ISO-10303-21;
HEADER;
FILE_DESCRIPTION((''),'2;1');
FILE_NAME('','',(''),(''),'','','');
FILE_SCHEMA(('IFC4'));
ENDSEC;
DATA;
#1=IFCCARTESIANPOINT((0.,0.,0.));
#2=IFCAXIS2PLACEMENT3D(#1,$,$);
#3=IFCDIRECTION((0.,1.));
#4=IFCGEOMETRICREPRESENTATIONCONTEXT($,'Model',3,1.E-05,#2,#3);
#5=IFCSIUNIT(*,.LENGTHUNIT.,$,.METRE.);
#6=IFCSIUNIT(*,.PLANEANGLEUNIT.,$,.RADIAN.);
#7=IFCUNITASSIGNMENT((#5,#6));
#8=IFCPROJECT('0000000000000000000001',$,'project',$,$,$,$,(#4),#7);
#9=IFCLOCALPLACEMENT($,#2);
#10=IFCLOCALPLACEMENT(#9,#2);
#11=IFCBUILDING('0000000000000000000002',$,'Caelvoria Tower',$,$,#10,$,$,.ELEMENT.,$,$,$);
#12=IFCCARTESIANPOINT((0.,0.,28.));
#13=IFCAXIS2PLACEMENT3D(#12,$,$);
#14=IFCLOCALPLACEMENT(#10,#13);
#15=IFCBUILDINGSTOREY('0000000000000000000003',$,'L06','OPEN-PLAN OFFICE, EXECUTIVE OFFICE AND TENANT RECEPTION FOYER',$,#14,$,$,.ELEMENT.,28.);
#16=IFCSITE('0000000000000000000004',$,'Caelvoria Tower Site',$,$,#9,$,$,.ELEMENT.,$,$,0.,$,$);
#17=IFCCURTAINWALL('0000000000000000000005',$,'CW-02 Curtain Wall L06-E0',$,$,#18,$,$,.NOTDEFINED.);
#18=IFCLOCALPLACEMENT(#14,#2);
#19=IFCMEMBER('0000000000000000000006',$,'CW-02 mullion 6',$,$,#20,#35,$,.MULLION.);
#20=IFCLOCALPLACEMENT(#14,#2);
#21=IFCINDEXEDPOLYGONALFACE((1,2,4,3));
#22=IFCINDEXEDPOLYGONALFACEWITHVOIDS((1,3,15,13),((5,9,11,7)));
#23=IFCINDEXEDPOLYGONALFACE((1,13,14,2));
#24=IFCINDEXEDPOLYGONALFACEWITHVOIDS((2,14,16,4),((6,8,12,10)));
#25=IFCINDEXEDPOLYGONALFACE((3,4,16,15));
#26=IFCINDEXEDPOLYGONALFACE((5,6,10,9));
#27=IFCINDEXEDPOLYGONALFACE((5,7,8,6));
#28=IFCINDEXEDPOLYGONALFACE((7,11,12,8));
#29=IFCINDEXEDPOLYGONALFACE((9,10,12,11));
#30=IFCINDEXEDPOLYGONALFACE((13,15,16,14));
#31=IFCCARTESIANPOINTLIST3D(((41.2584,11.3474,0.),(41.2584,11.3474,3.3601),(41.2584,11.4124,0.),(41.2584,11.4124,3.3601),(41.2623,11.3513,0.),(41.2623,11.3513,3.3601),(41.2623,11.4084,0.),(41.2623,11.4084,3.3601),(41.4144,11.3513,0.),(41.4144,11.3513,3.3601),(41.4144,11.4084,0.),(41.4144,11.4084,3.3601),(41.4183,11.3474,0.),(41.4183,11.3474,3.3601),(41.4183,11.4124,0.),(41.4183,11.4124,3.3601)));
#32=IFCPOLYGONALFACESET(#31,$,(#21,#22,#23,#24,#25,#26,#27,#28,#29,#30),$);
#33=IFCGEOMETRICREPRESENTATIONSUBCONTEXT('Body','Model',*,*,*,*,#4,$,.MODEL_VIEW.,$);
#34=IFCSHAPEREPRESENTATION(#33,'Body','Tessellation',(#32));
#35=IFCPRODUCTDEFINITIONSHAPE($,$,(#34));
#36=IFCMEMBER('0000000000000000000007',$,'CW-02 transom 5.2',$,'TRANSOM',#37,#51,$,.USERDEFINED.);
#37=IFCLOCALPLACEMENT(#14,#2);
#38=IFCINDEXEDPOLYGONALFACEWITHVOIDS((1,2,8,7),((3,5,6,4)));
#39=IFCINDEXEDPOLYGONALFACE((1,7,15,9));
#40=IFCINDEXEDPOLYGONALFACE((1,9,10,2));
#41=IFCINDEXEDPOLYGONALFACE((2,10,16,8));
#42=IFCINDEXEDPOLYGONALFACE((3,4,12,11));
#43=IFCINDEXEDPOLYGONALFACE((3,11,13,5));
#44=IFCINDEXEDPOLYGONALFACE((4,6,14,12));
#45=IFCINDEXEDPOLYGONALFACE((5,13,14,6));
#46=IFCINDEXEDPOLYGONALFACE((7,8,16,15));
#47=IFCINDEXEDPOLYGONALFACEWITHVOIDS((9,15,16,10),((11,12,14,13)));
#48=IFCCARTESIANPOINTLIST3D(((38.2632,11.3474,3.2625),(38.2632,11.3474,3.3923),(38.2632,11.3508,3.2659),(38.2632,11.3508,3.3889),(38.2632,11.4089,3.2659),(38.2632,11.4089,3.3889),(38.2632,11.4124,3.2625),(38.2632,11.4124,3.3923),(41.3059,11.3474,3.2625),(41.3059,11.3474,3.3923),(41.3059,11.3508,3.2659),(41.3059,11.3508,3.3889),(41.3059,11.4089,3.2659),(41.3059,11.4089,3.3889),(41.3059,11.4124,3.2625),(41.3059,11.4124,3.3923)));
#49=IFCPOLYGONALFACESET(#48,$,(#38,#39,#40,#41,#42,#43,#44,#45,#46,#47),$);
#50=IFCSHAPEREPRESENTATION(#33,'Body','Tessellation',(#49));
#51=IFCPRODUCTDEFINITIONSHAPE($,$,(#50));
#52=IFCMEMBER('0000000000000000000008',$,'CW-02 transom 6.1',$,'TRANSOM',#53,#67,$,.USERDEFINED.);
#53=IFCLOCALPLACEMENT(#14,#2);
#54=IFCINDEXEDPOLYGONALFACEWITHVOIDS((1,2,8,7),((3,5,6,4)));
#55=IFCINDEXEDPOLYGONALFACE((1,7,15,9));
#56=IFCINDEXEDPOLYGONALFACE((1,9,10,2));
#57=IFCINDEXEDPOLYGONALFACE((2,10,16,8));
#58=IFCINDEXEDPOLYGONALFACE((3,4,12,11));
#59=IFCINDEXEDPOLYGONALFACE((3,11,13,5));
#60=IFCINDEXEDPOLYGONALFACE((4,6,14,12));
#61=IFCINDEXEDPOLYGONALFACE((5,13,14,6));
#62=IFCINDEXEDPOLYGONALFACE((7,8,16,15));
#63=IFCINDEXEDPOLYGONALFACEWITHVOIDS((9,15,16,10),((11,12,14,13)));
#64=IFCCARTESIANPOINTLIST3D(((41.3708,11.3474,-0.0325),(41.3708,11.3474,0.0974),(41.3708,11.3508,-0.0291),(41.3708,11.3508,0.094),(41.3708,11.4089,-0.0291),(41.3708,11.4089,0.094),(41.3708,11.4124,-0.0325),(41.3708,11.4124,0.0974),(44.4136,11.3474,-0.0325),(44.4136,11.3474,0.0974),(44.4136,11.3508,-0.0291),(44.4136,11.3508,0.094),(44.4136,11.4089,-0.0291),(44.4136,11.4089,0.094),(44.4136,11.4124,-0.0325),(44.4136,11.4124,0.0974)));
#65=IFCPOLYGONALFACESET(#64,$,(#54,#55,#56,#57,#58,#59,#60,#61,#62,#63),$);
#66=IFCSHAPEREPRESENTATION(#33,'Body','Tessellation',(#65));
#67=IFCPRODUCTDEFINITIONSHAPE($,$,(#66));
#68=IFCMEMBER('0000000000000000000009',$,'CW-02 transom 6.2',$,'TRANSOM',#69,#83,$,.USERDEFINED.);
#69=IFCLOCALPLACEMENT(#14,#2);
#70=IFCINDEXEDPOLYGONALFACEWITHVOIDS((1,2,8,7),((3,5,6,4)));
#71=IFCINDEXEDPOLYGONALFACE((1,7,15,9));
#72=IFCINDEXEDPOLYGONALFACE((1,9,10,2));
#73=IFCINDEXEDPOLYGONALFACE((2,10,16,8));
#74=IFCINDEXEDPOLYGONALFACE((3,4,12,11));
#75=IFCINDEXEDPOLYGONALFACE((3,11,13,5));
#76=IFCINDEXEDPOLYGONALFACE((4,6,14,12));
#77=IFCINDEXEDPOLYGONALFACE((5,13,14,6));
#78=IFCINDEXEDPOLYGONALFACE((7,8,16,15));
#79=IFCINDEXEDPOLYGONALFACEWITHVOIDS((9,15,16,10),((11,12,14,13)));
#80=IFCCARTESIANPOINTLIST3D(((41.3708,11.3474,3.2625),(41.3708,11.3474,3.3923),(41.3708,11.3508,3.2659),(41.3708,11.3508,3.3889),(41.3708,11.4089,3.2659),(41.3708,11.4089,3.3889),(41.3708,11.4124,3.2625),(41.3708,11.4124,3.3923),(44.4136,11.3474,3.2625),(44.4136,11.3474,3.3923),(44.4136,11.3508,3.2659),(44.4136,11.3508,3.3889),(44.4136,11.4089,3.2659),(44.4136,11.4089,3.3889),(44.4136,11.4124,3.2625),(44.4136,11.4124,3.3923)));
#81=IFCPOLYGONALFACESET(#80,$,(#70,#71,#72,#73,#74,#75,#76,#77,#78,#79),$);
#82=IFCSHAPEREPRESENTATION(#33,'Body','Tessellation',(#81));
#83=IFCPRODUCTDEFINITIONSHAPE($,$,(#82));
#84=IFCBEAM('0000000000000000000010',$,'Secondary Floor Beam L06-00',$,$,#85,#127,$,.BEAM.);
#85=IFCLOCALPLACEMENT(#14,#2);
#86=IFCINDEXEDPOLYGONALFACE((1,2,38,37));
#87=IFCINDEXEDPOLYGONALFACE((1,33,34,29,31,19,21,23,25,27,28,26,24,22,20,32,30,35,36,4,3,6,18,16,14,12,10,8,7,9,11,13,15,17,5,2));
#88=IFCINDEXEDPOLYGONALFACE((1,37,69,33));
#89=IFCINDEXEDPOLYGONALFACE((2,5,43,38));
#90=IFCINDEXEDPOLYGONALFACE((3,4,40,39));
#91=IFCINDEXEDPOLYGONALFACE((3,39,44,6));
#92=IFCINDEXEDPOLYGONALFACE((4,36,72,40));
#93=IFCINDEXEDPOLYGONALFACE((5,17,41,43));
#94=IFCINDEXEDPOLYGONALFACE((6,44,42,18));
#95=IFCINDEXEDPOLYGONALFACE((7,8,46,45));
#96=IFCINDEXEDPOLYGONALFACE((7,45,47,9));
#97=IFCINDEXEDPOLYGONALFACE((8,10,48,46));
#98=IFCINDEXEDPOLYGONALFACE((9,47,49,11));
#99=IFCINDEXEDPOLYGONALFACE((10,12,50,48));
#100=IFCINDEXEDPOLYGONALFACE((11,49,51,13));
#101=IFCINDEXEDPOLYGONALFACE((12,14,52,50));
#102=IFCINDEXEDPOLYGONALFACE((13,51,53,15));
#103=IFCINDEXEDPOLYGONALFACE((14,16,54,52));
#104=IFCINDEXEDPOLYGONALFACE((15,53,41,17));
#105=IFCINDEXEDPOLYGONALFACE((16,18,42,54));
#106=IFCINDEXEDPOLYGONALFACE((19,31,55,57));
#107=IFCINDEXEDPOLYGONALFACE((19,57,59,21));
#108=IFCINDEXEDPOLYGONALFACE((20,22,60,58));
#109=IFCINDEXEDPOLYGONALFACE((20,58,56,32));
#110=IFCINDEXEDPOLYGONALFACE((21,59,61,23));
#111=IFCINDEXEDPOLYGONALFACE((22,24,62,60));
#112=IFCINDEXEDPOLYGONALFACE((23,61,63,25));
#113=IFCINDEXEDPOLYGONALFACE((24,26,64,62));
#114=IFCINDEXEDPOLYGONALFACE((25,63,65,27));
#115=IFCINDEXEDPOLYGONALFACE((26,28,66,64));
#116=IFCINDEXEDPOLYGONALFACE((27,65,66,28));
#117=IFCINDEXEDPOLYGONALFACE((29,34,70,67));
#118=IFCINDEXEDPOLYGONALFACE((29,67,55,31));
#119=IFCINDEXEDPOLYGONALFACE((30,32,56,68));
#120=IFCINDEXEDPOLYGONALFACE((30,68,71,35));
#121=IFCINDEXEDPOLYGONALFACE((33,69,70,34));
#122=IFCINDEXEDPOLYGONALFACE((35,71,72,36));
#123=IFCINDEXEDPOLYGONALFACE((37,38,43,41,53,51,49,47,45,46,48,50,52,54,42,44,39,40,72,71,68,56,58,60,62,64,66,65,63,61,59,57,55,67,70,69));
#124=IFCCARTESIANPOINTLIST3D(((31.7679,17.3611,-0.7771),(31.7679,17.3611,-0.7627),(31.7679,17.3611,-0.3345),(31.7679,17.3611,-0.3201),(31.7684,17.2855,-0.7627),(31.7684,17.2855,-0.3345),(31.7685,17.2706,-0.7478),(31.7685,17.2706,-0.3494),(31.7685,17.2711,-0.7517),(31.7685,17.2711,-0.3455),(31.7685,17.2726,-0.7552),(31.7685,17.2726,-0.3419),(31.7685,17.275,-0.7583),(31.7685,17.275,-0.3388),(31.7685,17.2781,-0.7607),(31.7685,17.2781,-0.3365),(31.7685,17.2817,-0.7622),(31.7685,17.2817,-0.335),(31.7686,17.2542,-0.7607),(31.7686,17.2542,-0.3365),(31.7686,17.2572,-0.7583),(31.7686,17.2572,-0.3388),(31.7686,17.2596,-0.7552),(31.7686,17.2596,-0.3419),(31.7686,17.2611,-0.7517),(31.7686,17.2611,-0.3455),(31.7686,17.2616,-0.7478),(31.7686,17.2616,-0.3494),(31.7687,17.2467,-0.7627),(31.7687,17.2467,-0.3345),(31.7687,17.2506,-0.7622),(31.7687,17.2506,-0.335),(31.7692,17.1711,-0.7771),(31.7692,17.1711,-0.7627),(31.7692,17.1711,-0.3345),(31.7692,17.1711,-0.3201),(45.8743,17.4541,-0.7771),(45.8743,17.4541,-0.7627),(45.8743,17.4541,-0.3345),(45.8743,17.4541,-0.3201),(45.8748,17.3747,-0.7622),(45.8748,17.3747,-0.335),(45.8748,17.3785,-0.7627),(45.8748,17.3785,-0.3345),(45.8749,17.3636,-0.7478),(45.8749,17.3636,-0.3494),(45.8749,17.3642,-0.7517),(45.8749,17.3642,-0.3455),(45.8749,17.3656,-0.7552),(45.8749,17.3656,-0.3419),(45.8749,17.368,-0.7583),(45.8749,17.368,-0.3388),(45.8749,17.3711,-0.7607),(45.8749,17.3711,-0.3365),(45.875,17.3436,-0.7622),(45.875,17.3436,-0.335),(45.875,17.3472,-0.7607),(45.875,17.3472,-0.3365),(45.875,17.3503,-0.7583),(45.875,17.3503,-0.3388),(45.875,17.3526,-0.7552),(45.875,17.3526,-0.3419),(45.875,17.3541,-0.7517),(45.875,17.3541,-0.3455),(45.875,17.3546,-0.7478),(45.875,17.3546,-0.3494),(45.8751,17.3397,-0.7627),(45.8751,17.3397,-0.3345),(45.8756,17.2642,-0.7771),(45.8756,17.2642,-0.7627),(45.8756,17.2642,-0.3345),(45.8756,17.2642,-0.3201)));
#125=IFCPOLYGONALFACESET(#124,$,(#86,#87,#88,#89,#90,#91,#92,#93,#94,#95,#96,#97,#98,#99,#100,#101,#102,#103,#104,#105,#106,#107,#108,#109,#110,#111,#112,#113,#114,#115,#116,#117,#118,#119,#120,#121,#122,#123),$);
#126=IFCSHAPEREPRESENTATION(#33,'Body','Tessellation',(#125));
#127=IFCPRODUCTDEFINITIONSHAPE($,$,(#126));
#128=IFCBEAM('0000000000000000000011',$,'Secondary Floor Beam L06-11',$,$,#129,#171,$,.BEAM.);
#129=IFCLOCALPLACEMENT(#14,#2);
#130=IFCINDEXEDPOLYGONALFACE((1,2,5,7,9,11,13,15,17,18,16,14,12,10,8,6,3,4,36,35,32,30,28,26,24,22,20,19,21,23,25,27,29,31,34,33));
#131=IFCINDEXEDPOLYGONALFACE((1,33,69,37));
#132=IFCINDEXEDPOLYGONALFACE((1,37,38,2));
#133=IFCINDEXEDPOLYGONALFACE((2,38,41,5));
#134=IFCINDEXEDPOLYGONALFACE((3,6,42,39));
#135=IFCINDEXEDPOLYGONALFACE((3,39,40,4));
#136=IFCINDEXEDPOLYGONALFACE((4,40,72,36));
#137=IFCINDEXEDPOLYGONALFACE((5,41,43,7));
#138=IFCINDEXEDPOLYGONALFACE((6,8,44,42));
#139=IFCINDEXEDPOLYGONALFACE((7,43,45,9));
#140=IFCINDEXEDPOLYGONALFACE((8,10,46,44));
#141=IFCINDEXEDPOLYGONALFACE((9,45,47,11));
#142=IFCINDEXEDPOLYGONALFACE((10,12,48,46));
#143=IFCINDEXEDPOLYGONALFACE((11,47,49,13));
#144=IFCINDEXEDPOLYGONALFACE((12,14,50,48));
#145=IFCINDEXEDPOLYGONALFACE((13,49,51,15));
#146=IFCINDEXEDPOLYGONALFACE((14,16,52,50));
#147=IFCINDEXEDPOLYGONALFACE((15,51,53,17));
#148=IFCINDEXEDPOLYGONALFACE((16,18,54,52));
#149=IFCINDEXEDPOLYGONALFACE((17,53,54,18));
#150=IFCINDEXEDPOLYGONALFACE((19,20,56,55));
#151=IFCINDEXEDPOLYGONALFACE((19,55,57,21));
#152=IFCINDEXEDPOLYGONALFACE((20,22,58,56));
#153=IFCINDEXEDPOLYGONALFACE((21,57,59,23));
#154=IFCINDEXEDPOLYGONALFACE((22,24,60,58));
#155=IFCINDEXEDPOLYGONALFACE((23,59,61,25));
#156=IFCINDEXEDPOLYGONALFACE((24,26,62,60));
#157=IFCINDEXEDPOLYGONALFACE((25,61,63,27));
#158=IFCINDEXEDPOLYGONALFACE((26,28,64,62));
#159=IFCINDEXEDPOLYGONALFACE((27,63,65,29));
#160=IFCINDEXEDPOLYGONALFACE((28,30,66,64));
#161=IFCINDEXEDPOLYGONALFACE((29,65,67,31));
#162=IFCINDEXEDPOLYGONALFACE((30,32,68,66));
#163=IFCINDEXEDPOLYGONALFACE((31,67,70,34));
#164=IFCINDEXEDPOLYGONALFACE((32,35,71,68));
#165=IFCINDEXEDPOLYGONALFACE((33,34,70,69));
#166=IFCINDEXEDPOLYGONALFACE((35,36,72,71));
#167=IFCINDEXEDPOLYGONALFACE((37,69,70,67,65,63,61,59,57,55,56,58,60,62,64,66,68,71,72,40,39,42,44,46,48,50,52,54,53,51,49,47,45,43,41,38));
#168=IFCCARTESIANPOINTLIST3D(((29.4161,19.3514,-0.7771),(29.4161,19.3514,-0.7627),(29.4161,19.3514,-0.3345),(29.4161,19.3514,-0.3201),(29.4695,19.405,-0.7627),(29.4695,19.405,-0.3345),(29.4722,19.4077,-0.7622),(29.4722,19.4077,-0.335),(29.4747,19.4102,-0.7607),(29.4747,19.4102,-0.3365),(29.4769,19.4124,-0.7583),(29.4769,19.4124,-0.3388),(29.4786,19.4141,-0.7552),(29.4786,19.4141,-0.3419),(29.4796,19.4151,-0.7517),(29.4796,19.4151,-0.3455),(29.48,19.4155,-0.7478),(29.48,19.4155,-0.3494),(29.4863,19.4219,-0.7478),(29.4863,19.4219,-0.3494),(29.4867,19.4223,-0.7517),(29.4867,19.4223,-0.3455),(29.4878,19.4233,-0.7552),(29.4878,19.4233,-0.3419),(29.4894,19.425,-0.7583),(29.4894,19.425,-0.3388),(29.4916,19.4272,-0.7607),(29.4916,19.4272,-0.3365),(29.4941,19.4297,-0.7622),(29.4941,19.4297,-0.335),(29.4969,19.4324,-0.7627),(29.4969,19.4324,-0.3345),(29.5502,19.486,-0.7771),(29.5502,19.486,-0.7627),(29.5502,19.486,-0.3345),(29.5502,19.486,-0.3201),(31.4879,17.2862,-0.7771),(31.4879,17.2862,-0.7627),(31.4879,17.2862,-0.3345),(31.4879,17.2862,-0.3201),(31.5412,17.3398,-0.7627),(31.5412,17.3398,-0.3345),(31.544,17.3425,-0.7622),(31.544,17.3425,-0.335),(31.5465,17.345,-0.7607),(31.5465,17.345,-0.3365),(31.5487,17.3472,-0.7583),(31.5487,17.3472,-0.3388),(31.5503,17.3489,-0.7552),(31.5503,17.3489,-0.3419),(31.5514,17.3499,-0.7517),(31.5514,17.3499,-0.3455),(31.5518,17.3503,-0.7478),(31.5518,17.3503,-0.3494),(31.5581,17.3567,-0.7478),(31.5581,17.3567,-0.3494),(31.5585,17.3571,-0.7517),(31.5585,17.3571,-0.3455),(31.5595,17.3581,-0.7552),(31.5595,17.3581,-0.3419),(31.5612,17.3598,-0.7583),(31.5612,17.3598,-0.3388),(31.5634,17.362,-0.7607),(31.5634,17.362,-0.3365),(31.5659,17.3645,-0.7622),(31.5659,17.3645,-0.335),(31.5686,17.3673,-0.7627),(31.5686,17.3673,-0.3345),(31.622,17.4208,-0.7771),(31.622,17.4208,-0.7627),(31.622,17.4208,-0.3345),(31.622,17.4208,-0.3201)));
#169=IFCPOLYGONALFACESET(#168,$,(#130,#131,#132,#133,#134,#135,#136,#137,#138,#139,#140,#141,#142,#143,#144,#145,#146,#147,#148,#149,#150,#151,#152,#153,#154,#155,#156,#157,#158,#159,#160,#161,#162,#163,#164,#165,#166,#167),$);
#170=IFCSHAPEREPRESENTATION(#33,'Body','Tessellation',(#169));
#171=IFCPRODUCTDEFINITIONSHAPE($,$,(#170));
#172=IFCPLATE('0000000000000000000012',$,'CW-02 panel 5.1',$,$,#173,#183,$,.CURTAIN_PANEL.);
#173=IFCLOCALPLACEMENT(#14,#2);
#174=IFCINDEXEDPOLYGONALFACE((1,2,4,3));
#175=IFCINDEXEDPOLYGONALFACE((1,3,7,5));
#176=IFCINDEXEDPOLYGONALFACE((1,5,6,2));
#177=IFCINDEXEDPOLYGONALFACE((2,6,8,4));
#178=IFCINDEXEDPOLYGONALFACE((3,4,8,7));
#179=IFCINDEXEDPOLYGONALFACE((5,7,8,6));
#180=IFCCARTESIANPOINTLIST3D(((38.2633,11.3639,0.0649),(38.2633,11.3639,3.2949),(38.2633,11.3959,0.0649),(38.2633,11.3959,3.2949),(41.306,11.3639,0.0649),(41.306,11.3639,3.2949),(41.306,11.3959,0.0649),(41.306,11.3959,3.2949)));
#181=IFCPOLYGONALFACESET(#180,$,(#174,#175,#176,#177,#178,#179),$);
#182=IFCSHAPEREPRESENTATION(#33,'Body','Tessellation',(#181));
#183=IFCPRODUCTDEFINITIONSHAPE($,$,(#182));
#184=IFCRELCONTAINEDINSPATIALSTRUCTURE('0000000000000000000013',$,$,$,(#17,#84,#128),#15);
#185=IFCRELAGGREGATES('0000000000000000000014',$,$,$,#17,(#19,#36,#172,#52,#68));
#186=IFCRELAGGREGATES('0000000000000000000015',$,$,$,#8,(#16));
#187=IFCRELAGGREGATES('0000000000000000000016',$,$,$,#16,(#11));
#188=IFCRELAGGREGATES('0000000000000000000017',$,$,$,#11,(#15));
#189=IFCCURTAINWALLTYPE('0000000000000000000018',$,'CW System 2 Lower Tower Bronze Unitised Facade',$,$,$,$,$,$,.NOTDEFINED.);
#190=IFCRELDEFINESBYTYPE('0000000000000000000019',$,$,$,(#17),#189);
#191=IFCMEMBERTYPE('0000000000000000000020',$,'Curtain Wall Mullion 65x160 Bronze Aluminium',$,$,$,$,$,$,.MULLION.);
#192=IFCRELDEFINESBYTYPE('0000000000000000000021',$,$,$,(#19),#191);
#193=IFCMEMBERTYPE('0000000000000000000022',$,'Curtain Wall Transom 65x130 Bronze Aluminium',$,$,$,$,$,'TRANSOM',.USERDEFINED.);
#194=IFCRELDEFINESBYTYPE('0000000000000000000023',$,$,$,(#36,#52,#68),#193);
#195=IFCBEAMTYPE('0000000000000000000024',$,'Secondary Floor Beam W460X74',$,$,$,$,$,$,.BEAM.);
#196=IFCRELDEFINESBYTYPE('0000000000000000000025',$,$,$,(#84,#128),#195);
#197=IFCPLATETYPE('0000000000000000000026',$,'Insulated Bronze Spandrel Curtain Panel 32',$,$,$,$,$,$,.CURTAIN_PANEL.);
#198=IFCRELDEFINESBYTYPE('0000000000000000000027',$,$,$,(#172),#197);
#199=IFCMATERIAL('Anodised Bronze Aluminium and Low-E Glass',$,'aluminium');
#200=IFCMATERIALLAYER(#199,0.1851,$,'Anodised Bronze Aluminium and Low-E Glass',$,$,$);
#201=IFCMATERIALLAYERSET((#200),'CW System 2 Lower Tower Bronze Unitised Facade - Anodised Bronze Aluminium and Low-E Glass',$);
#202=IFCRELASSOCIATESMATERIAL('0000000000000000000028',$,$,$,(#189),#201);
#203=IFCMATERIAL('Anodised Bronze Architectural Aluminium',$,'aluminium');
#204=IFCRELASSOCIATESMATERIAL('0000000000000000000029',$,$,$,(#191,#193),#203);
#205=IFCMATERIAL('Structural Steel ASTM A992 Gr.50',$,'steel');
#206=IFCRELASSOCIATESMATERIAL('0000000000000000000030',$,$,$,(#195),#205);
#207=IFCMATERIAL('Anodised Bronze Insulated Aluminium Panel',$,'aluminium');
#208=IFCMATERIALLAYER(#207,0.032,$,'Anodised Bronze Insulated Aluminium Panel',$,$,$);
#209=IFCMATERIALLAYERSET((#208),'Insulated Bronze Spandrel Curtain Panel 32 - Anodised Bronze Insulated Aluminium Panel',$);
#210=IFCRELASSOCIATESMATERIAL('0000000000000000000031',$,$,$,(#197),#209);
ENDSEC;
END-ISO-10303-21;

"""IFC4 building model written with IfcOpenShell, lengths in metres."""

from ifc_helpers import new_model, si_unit, direction, frame, origin, origin_2d, place, context, subcontext, project, spatial, rectangle, hollow_rectangle, i_section, extrude, material, layer, layer_set, material_profile, profile_set, type_object, element, aggregate, save


model = new_model("IFC4")

# Units and contexts
model_context = context("Model", 3, precision=1e-05, world=origin(), true_north=direction((0.0, 1.0)))
body_context = subcontext(model_context, "Body", "Model", "MODEL_VIEW")
ifc_project = project(units=[si_unit("LENGTHUNIT", "METRE"), si_unit("PLANEANGLEUNIT", "RADIAN")], contexts=[model_context])

# Site, building, storey
site_placement = place(None, origin())
site = spatial("IfcSite", under=ifc_project, at=site_placement, Name="Caelvoria Tower Site", CompositionType="ELEMENT", RefElevation=0.0)
building_placement = place(site_placement, origin())
building = spatial("IfcBuilding", under=site, at=building_placement, Name="Caelvoria Tower", CompositionType="ELEMENT")
storey_placement = place(building_placement, frame((0.0, 0.0, 28.0)))
storey = spatial("IfcBuildingStorey", under=building, at=storey_placement, Name="L06", Description="OPEN-PLAN OFFICE, EXECUTIVE OFFICE AND TENANT RECEPTION FOYER", CompositionType="ELEMENT", Elevation=28.0)

# Curtain wall, members
ifc_material_1 = material(Name="Anodised Bronze Aluminium and Low-E Glass", Category="aluminium")
ifc_layer_1 = layer(ifc_material_1, 0.1851, Name="Anodised Bronze Aluminium and Low-E Glass")
ifc_layer_set_1 = layer_set([ifc_layer_1], Name="CW System 2 Lower Tower Bronze Unitised Facade - Anodised Bronze Aluminium and Low-E Glass")
curtain_wall_type = type_object("IfcCurtainWallType", Name="CW System 2 Lower Tower Bronze Unitised Facade", PredefinedType="NOTDEFINED", material=ifc_layer_set_1)
curtain_wall_placement = place(storey_placement, origin())
curtain_wall = element("IfcCurtainWall", 1, at=curtain_wall_placement, inside=storey, type_object=curtain_wall_type, Name="CW-02 Curtain Wall L06-E0", PredefinedType="NOTDEFINED")
ifc_material_2 = material(Name="Anodised Bronze Architectural Aluminium", Category="aluminium")
ifc_material_profile_1 = material_profile(ifc_material_2, hollow_rectangle(XDim=0.0649, YDim=0.1599, WallThickness=0.0039, at=origin_2d()), Name="Anodised Bronze Architectural Aluminium")
ifc_profile_set_1 = profile_set([ifc_material_profile_1], Name="CW_MULL_65X160 - Anodised Bronze Architectural Aluminium")
member_type_1 = type_object("IfcMemberType", Name="Curtain Wall Mullion 65x160 Bronze Aluminium", PredefinedType="MULLION", material=ifc_profile_set_1)
member_1_placement = place(storey_placement, frame((41.3384, 11.3799, 0.0), z_axis=(0.0, 0.0, 1.0), x_axis=(0.0, 1.0, 0.0)))
member_1 = element("IfcMember", 2, at=member_1_placement, type_object=member_type_1, Name="CW-02 mullion 6", PredefinedType="MULLION", context=body_context, shape_type="SweptSolid", body=[
    extrude(hollow_rectangle(XDim=0.0649, YDim=0.1599, WallThickness=0.0039, at=origin_2d()), origin(), (0.0, 0.0, 1.0), 3.3601),
])
ifc_material_profile_2 = material_profile(ifc_material_2, hollow_rectangle(XDim=0.0649, YDim=0.1299, WallThickness=0.0034, at=origin_2d()), Name="Anodised Bronze Architectural Aluminium")
ifc_profile_set_2 = profile_set([ifc_material_profile_2], Name="CW_TRAN_65X130 - Anodised Bronze Architectural Aluminium")
member_type_2 = type_object("IfcMemberType", Name="Curtain Wall Transom 65x130 Bronze Aluminium", ElementType="TRANSOM", PredefinedType="USERDEFINED", material=ifc_profile_set_2)
member_2_placement = place(storey_placement, frame((38.2632, 11.3799, 3.3274), z_axis=(1.0, 0.0, 0.0), x_axis=(0.0, 1.0, 0.0)))
member_2 = element("IfcMember", 3, at=member_2_placement, type_object=member_type_2, Name="CW-02 transom 5.2", ObjectType="TRANSOM", PredefinedType="USERDEFINED", context=body_context, shape_type="SweptSolid", body=[
    extrude(hollow_rectangle(XDim=0.0649, YDim=0.1299, WallThickness=0.0034, at=origin_2d()), origin(), (0.0, 0.0, 1.0), 3.0427),
])
member_3_placement = place(storey_placement, frame((41.3708, 11.3799, 0.0325), z_axis=(1.0, 0.0, 0.0), x_axis=(0.0, 1.0, 0.0)))
member_3 = element("IfcMember", 4, at=member_3_placement, type_object=member_type_2, Name="CW-02 transom 6.1", ObjectType="TRANSOM", PredefinedType="USERDEFINED", context=body_context, shape_type="SweptSolid", body=[
    extrude(hollow_rectangle(XDim=0.0649, YDim=0.1299, WallThickness=0.0034, at=origin_2d()), origin(), (0.0, 0.0, 1.0), 3.0427),
])
member_4_placement = place(storey_placement, frame((41.3708, 11.3799, 3.3274), z_axis=(1.0, 0.0, 0.0), x_axis=(0.0, 1.0, 0.0)))
member_4 = element("IfcMember", 5, at=member_4_placement, type_object=member_type_2, Name="CW-02 transom 6.2", ObjectType="TRANSOM", PredefinedType="USERDEFINED", context=body_context, shape_type="SweptSolid", body=[
    extrude(hollow_rectangle(XDim=0.0649, YDim=0.1299, WallThickness=0.0034, at=origin_2d()), origin(), (0.0, 0.0, 1.0), 3.0427),
])

# Beams
ifc_material_3 = material(Name="Structural Steel ASTM A992 Gr.50", Category="steel")
ifc_material_profile_3 = material_profile(ifc_material_3, i_section(OverallWidth=0.1899, OverallDepth=0.457, WebThickness=0.009, FlangeThickness=0.0144, FilletRadius=0.0149, at=origin_2d()), Name="Structural Steel ASTM A992 Gr.50")
ifc_profile_set_3 = profile_set([ifc_material_profile_3], Name="W460X74 - Structural Steel ASTM A992 Gr.50")
beam_type = type_object("IfcBeamType", Name="Secondary Floor Beam W460X74", PredefinedType="BEAM", material=ifc_profile_set_3)
beam_1_placement = place(storey_placement, frame((31.7686, 17.2661, -0.5486), z_axis=(0.999978, 0.006594, 0.0), x_axis=(-0.006594, 0.999978, 0.0)))
element("IfcBeam", 6, at=beam_1_placement, inside=storey, type_object=beam_type, Name="Secondary Floor Beam L06-00", PredefinedType="BEAM", context=body_context, shape_type="SweptSolid", body=[
    extrude(i_section(OverallWidth=0.1899, OverallDepth=0.457, WebThickness=0.009, FlangeThickness=0.0144, FilletRadius=0.0149, at=origin_2d()), origin(), (0.0, 0.0, 1.0), 14.1067),
])
beam_2_placement = place(storey_placement, frame((29.4832, 19.4187, -0.5486), z_axis=(0.708233, -0.705979, 0.0), x_axis=(0.705979, 0.708233, 0.0)))
element("IfcBeam", 7, at=beam_2_placement, inside=storey, type_object=beam_type, Name="Secondary Floor Beam L06-11", PredefinedType="BEAM", context=body_context, shape_type="SweptSolid", body=[
    extrude(i_section(OverallWidth=0.1899, OverallDepth=0.457, WebThickness=0.009, FlangeThickness=0.0144, FilletRadius=0.0149, at=origin_2d()), origin(), (0.0, 0.0, 1.0), 2.9253),
])

# Plate
ifc_material_4 = material(Name="Anodised Bronze Insulated Aluminium Panel", Category="aluminium")
ifc_layer_2 = layer(ifc_material_4, 0.032, Name="Anodised Bronze Insulated Aluminium Panel")
ifc_layer_set_2 = layer_set([ifc_layer_2], Name="Insulated Bronze Spandrel Curtain Panel 32 - Anodised Bronze Insulated Aluminium Panel")
plate_type = type_object("IfcPlateType", Name="Insulated Bronze Spandrel Curtain Panel 32", PredefinedType="CURTAIN_PANEL", material=ifc_layer_set_2)
plate_1_placement = place(storey_placement, frame((39.7847, 11.3799, 0.0649), z_axis=(0.0, 0.0, 1.0), x_axis=(1.0, 0.0, 0.0)))
plate_1 = element("IfcPlate", 8, at=plate_1_placement, type_object=plate_type, Name="CW-02 panel 5.1", PredefinedType="CURTAIN_PANEL", context=body_context, shape_type="SweptSolid", body=[
    extrude(rectangle(XDim=3.0427, YDim=0.032, at=origin_2d()), origin(), (0.0, 0.0, 1.0), 3.23),
])
aggregate(curtain_wall, [member_1, member_2, plate_1, member_3, member_4])

save(model, "model.ifc")
